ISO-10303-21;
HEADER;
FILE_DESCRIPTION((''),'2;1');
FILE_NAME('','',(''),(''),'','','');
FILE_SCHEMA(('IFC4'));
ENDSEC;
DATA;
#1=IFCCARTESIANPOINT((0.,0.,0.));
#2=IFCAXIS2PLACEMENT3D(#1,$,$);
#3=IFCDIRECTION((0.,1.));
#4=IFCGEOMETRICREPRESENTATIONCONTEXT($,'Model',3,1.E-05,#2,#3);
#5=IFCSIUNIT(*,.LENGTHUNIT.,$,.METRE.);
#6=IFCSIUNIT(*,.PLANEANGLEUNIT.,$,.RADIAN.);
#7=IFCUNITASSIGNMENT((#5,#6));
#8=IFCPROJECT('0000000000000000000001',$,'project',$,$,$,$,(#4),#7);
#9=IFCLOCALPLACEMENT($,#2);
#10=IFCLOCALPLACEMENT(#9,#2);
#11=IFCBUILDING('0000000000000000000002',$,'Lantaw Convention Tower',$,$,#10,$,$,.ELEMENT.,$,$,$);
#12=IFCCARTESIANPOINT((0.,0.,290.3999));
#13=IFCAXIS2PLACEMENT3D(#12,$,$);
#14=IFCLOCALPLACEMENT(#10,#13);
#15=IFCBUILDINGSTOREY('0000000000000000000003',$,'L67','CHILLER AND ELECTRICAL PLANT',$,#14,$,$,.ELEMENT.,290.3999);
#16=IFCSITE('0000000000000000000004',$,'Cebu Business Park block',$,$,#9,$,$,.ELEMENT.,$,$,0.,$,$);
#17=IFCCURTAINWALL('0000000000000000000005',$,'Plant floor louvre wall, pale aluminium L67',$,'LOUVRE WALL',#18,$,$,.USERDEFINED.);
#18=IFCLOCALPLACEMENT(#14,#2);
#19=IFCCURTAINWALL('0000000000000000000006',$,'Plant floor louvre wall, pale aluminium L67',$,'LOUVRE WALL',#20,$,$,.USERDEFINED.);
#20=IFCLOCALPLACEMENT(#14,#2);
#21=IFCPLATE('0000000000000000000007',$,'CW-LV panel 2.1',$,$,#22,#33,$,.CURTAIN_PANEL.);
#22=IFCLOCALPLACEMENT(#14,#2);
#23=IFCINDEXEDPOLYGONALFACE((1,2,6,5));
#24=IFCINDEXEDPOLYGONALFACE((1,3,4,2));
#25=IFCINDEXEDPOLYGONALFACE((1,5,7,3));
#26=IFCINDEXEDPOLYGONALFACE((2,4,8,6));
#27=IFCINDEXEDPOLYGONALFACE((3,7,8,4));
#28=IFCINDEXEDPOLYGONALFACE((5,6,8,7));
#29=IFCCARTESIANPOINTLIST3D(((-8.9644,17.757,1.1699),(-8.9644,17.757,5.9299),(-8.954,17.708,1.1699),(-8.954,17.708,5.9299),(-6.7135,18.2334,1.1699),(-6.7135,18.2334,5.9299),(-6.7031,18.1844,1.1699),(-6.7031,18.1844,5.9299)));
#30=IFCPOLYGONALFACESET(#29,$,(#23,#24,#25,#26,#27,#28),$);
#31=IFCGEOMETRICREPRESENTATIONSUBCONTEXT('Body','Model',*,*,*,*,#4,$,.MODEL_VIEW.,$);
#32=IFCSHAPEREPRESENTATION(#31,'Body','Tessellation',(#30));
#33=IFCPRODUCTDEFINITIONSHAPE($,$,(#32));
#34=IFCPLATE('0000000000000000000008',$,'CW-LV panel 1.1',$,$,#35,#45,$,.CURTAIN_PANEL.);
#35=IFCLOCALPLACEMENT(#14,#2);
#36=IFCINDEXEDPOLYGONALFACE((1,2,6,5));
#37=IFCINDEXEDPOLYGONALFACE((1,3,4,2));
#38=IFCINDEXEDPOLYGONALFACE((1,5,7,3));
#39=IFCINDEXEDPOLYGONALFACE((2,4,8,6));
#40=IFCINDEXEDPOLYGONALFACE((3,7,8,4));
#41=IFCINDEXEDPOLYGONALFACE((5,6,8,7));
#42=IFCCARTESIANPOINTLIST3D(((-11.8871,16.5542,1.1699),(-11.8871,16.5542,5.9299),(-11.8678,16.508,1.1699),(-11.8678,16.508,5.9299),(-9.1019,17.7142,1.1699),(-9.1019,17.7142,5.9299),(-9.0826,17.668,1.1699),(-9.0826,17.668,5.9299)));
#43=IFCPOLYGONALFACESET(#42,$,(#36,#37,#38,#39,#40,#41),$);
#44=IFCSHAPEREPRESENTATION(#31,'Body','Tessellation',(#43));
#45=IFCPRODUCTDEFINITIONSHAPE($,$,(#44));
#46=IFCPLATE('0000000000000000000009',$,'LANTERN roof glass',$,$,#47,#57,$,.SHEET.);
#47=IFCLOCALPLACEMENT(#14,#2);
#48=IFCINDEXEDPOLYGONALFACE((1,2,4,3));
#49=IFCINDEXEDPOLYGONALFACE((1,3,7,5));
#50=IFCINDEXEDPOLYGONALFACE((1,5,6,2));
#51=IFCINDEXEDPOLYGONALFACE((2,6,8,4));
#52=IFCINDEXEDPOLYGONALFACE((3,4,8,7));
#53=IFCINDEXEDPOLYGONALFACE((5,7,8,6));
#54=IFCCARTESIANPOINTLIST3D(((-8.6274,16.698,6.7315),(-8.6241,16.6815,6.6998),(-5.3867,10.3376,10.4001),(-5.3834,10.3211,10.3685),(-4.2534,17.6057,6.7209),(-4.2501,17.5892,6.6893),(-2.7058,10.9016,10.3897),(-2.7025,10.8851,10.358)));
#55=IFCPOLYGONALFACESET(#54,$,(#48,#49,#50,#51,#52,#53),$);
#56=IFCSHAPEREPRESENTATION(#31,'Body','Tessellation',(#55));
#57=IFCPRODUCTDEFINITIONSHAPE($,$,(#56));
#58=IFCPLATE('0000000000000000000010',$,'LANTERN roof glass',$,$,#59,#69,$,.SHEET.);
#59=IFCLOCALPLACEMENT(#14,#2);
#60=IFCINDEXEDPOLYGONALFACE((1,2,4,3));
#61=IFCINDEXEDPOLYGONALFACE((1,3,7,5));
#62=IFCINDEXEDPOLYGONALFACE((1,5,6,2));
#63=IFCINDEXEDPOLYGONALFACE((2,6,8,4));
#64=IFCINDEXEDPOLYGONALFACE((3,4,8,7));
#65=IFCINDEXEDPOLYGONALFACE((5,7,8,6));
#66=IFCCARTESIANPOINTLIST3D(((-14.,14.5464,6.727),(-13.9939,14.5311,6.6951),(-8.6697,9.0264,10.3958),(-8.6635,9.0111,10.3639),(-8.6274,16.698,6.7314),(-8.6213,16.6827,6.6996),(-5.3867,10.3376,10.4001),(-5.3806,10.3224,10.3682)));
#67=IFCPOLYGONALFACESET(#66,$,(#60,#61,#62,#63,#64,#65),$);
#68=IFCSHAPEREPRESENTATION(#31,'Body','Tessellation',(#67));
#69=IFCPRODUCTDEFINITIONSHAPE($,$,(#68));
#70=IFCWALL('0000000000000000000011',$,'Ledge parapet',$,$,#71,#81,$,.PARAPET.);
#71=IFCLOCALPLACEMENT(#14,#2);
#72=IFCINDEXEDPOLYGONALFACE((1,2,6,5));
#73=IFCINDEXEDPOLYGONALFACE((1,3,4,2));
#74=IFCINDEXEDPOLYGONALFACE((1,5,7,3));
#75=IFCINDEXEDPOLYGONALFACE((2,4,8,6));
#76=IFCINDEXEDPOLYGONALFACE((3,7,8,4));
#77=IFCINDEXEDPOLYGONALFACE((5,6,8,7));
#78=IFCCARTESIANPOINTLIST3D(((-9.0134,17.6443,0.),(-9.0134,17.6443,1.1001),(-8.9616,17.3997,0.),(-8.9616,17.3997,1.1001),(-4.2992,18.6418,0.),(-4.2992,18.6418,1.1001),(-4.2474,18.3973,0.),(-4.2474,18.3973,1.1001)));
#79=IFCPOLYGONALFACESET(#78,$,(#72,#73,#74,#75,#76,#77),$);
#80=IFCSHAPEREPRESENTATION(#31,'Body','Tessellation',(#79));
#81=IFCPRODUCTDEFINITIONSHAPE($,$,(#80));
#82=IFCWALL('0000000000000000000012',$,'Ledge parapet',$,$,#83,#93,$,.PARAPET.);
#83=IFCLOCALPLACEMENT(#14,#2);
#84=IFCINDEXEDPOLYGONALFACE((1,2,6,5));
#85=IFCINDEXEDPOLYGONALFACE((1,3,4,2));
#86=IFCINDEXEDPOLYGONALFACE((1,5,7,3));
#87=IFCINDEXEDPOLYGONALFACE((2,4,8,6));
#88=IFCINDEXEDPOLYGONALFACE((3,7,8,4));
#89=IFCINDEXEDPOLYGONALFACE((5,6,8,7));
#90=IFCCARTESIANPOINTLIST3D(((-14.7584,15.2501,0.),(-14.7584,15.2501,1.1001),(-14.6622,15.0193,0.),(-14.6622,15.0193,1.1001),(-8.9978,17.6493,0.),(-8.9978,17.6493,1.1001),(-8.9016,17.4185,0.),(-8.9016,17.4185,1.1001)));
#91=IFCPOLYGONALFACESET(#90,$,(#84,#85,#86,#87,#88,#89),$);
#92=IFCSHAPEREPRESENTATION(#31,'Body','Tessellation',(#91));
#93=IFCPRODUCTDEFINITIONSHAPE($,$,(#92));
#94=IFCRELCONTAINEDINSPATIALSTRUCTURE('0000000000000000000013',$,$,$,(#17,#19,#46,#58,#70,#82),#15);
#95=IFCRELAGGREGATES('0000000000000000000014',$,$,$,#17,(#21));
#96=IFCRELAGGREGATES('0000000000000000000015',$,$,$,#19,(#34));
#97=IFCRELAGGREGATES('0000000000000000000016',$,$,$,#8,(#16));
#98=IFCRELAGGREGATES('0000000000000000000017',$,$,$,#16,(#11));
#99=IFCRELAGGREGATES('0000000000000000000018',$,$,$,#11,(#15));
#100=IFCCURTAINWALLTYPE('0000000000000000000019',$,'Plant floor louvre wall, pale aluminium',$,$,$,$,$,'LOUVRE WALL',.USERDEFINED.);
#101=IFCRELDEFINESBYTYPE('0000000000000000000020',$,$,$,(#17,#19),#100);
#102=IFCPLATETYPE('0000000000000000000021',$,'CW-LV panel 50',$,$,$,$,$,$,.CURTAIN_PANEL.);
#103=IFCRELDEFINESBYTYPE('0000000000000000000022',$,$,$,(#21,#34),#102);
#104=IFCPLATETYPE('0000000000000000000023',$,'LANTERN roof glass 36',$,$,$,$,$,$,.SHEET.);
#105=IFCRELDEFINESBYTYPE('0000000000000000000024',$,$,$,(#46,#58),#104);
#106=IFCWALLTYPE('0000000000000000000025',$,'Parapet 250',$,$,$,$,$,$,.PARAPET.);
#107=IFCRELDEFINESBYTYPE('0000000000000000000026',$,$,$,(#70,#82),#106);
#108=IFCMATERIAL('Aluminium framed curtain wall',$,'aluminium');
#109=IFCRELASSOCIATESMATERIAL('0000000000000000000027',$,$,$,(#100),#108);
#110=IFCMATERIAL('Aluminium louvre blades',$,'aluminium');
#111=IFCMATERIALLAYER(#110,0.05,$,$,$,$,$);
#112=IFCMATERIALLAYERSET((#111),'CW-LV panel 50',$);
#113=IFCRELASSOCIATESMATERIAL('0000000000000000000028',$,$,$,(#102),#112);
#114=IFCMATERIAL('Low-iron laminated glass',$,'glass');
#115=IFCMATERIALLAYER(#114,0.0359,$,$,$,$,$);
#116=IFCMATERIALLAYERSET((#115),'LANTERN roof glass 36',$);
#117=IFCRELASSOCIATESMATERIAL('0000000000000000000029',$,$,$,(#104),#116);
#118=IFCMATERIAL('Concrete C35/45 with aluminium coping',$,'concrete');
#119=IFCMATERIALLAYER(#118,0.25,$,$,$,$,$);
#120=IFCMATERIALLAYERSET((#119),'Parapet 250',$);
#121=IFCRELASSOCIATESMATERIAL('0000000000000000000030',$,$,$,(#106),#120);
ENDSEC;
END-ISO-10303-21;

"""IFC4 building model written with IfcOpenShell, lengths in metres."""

from ifc_helpers import new_model, si_unit, direction, frame, frame_2d, origin, origin_2d, place, context, subcontext, project, spatial, polyline, rectangle, outline, extrude, material, layer, layer_set, type_object, element, aggregate, save


model = new_model("IFC4")

# Units and contexts
model_context = context("Model", 3, precision=1e-05, world=origin(), true_north=direction((0.0, 1.0)))
body_context = subcontext(model_context, "Body", "Model", "MODEL_VIEW")
ifc_project = project(units=[si_unit("LENGTHUNIT", "METRE"), si_unit("PLANEANGLEUNIT", "RADIAN")], contexts=[model_context])

# Site, building, storey
site_placement = place(None, origin())
site = spatial("IfcSite", under=ifc_project, at=site_placement, Name="Cebu Business Park block", CompositionType="ELEMENT", RefElevation=0.0)
building_placement = place(site_placement, origin())
building = spatial("IfcBuilding", under=site, at=building_placement, Name="Lantaw Convention Tower", CompositionType="ELEMENT")
storey_placement = place(building_placement, frame((0.0, 0.0, 290.3999)))
storey = spatial("IfcBuildingStorey", under=building, at=storey_placement, Name="L67", Description="CHILLER AND ELECTRICAL PLANT", CompositionType="ELEMENT", Elevation=290.3999)

# Shared definitions
ifc_material_1 = material(Name="Aluminium framed curtain wall", Category="aluminium")
curtain_wall_type = type_object("IfcCurtainWallType", Name="Plant floor louvre wall, pale aluminium", ElementType="LOUVRE WALL", PredefinedType="USERDEFINED", material=ifc_material_1)

# Curtain walls
curtain_wall_1_placement = place(storey_placement, origin())
curtain_wall_1 = element("IfcCurtainWall", 1, at=curtain_wall_1_placement, inside=storey, type_object=curtain_wall_type, Name="Plant floor louvre wall, pale aluminium L67", ObjectType="LOUVRE WALL", PredefinedType="USERDEFINED")
curtain_wall_2_placement = place(storey_placement, origin())
curtain_wall_2 = element("IfcCurtainWall", 2, at=curtain_wall_2_placement, inside=storey, type_object=curtain_wall_type, Name="Plant floor louvre wall, pale aluminium L67", ObjectType="LOUVRE WALL", PredefinedType="USERDEFINED")

# Plates
ifc_material_2 = material(Name="Aluminium louvre blades", Category="aluminium")
ifc_layer_1 = layer(ifc_material_2, 0.05)
ifc_layer_set_1 = layer_set([ifc_layer_1], Name="CW-LV panel 50")
plate_type_1 = type_object("IfcPlateType", Name="CW-LV panel 50", PredefinedType="CURTAIN_PANEL", material=ifc_layer_set_1)
plate_1_placement = place(storey_placement, frame((-7.8337, 17.9707, 1.1699), z_axis=(0.0, 0.0, 1.0), x_axis=(-0.978332, -0.20704, 0.0)))
plate_1 = element("IfcPlate", 3, at=plate_1_placement, type_object=plate_type_1, Name="CW-LV panel 2.1", PredefinedType="CURTAIN_PANEL", context=body_context, shape_type="SweptSolid", body=[
    extrude(rectangle(XDim=2.3008, YDim=0.05, at=origin_2d()), origin(), (0.0, 0.0, 1.0), 4.76),
])
aggregate(curtain_wall_1, [plate_1])
plate_2_placement = place(storey_placement, frame((-10.4849, 17.1111, 1.1699), z_axis=(0.0, 0.0, 1.0), x_axis=(-0.923142, -0.38446, 0.0)))
plate_2 = element("IfcPlate", 4, at=plate_2_placement, type_object=plate_type_1, Name="CW-LV panel 1.1", PredefinedType="CURTAIN_PANEL", context=body_context, shape_type="SweptSolid", body=[
    extrude(rectangle(XDim=3.0171, YDim=0.05, at=origin_2d()), origin(), (0.0, 0.0, 1.0), 4.76),
])
aggregate(curtain_wall_2, [plate_2])

# Plates
ifc_material_3 = material(Name="Low-iron laminated glass", Category="glass")
ifc_layer_2 = layer(ifc_material_3, 0.0359)
ifc_layer_set_2 = layer_set([ifc_layer_2], Name="LANTERN roof glass 36")
plate_type_2 = type_object("IfcPlateType", Name="LANTERN roof glass 36", PredefinedType="SHEET", material=ifc_layer_set_2)
plate_3_placement = place(storey_placement, frame((-4.2534, 17.6057, 6.7209), z_axis=(-0.09359, 0.461239, 0.882326), x_axis=(-0.979137, -0.203189, 0.002359)))
element("IfcPlate", 5, at=plate_3_placement, inside=storey, type_object=plate_type_2, Name="LANTERN roof glass", PredefinedType="SHEET", context=body_context, shape_type="SweptSolid", body=[
    extrude(outline(polyline([(0.0, 0.0), (4.4672, 0.0), (2.5951, 7.8045), (-0.1445, 7.7961), (0.0, 0.0)])), origin(), (0.0, 0.0, -1.0), 0.0359),
])
plate_4_placement = place(storey_placement, frame((-8.6274, 16.698, 6.7314), z_axis=(-0.171101, 0.425413, 0.888678), x_axis=(-0.928321, -0.371778, -0.000763)))
element("IfcPlate", 6, at=plate_4_placement, inside=storey, type_object=plate_type_2, Name="LANTERN roof glass", PredefinedType="SHEET", context=body_context, shape_type="SweptSolid", body=[
    extrude(outline(polyline([(0.0, 0.0), (5.7874, 0.0), (2.8886, 7.9962), (-0.6466, 7.9999), (0.0, 0.0)])), origin(), (0.0, 0.0, -1.0), 0.0359),
])

# Walls
ifc_material_4 = material(Name="Concrete C35/45 with aluminium coping", Category="concrete")
ifc_layer_3 = layer(ifc_material_4, 0.25)
ifc_layer_set_3 = layer_set([ifc_layer_3], Name="Parapet 250")
wall_type = type_object("IfcWallType", Name="Parapet 250", PredefinedType="PARAPET", material=ifc_layer_set_3)
wall_1_placement = place(storey_placement, frame((-4.2734, 18.5195, 0.0), z_axis=(0.0, 0.0, 1.0), x_axis=(-0.978335, -0.207027, 0.0)))
element("IfcWall", 7, at=wall_1_placement, inside=storey, type_object=wall_type, Name="Ledge parapet", PredefinedType="PARAPET", context=body_context, shape_type="SweptSolid", body=[
    extrude(rectangle(XDim=4.8186, YDim=0.25, at=frame_2d((2.4092, 0.0))), origin(), (0.0, 0.0, 1.0), 1.1001),
])
wall_2_placement = place(storey_placement, frame((-8.9497, 17.5339, 0.0), z_axis=(0.0, 0.0, 1.0), x_axis=(-0.923136, -0.384474, 0.0)))
element("IfcWall", 8, at=wall_2_placement, inside=storey, type_object=wall_type, Name="Ledge parapet", PredefinedType="PARAPET", context=body_context, shape_type="SweptSolid", body=[
    extrude(rectangle(XDim=6.2402, YDim=0.25, at=frame_2d((3.1201, 0.0))), origin(), (0.0, 0.0, 1.0), 1.1001),
])

save(model, "model.ifc")
